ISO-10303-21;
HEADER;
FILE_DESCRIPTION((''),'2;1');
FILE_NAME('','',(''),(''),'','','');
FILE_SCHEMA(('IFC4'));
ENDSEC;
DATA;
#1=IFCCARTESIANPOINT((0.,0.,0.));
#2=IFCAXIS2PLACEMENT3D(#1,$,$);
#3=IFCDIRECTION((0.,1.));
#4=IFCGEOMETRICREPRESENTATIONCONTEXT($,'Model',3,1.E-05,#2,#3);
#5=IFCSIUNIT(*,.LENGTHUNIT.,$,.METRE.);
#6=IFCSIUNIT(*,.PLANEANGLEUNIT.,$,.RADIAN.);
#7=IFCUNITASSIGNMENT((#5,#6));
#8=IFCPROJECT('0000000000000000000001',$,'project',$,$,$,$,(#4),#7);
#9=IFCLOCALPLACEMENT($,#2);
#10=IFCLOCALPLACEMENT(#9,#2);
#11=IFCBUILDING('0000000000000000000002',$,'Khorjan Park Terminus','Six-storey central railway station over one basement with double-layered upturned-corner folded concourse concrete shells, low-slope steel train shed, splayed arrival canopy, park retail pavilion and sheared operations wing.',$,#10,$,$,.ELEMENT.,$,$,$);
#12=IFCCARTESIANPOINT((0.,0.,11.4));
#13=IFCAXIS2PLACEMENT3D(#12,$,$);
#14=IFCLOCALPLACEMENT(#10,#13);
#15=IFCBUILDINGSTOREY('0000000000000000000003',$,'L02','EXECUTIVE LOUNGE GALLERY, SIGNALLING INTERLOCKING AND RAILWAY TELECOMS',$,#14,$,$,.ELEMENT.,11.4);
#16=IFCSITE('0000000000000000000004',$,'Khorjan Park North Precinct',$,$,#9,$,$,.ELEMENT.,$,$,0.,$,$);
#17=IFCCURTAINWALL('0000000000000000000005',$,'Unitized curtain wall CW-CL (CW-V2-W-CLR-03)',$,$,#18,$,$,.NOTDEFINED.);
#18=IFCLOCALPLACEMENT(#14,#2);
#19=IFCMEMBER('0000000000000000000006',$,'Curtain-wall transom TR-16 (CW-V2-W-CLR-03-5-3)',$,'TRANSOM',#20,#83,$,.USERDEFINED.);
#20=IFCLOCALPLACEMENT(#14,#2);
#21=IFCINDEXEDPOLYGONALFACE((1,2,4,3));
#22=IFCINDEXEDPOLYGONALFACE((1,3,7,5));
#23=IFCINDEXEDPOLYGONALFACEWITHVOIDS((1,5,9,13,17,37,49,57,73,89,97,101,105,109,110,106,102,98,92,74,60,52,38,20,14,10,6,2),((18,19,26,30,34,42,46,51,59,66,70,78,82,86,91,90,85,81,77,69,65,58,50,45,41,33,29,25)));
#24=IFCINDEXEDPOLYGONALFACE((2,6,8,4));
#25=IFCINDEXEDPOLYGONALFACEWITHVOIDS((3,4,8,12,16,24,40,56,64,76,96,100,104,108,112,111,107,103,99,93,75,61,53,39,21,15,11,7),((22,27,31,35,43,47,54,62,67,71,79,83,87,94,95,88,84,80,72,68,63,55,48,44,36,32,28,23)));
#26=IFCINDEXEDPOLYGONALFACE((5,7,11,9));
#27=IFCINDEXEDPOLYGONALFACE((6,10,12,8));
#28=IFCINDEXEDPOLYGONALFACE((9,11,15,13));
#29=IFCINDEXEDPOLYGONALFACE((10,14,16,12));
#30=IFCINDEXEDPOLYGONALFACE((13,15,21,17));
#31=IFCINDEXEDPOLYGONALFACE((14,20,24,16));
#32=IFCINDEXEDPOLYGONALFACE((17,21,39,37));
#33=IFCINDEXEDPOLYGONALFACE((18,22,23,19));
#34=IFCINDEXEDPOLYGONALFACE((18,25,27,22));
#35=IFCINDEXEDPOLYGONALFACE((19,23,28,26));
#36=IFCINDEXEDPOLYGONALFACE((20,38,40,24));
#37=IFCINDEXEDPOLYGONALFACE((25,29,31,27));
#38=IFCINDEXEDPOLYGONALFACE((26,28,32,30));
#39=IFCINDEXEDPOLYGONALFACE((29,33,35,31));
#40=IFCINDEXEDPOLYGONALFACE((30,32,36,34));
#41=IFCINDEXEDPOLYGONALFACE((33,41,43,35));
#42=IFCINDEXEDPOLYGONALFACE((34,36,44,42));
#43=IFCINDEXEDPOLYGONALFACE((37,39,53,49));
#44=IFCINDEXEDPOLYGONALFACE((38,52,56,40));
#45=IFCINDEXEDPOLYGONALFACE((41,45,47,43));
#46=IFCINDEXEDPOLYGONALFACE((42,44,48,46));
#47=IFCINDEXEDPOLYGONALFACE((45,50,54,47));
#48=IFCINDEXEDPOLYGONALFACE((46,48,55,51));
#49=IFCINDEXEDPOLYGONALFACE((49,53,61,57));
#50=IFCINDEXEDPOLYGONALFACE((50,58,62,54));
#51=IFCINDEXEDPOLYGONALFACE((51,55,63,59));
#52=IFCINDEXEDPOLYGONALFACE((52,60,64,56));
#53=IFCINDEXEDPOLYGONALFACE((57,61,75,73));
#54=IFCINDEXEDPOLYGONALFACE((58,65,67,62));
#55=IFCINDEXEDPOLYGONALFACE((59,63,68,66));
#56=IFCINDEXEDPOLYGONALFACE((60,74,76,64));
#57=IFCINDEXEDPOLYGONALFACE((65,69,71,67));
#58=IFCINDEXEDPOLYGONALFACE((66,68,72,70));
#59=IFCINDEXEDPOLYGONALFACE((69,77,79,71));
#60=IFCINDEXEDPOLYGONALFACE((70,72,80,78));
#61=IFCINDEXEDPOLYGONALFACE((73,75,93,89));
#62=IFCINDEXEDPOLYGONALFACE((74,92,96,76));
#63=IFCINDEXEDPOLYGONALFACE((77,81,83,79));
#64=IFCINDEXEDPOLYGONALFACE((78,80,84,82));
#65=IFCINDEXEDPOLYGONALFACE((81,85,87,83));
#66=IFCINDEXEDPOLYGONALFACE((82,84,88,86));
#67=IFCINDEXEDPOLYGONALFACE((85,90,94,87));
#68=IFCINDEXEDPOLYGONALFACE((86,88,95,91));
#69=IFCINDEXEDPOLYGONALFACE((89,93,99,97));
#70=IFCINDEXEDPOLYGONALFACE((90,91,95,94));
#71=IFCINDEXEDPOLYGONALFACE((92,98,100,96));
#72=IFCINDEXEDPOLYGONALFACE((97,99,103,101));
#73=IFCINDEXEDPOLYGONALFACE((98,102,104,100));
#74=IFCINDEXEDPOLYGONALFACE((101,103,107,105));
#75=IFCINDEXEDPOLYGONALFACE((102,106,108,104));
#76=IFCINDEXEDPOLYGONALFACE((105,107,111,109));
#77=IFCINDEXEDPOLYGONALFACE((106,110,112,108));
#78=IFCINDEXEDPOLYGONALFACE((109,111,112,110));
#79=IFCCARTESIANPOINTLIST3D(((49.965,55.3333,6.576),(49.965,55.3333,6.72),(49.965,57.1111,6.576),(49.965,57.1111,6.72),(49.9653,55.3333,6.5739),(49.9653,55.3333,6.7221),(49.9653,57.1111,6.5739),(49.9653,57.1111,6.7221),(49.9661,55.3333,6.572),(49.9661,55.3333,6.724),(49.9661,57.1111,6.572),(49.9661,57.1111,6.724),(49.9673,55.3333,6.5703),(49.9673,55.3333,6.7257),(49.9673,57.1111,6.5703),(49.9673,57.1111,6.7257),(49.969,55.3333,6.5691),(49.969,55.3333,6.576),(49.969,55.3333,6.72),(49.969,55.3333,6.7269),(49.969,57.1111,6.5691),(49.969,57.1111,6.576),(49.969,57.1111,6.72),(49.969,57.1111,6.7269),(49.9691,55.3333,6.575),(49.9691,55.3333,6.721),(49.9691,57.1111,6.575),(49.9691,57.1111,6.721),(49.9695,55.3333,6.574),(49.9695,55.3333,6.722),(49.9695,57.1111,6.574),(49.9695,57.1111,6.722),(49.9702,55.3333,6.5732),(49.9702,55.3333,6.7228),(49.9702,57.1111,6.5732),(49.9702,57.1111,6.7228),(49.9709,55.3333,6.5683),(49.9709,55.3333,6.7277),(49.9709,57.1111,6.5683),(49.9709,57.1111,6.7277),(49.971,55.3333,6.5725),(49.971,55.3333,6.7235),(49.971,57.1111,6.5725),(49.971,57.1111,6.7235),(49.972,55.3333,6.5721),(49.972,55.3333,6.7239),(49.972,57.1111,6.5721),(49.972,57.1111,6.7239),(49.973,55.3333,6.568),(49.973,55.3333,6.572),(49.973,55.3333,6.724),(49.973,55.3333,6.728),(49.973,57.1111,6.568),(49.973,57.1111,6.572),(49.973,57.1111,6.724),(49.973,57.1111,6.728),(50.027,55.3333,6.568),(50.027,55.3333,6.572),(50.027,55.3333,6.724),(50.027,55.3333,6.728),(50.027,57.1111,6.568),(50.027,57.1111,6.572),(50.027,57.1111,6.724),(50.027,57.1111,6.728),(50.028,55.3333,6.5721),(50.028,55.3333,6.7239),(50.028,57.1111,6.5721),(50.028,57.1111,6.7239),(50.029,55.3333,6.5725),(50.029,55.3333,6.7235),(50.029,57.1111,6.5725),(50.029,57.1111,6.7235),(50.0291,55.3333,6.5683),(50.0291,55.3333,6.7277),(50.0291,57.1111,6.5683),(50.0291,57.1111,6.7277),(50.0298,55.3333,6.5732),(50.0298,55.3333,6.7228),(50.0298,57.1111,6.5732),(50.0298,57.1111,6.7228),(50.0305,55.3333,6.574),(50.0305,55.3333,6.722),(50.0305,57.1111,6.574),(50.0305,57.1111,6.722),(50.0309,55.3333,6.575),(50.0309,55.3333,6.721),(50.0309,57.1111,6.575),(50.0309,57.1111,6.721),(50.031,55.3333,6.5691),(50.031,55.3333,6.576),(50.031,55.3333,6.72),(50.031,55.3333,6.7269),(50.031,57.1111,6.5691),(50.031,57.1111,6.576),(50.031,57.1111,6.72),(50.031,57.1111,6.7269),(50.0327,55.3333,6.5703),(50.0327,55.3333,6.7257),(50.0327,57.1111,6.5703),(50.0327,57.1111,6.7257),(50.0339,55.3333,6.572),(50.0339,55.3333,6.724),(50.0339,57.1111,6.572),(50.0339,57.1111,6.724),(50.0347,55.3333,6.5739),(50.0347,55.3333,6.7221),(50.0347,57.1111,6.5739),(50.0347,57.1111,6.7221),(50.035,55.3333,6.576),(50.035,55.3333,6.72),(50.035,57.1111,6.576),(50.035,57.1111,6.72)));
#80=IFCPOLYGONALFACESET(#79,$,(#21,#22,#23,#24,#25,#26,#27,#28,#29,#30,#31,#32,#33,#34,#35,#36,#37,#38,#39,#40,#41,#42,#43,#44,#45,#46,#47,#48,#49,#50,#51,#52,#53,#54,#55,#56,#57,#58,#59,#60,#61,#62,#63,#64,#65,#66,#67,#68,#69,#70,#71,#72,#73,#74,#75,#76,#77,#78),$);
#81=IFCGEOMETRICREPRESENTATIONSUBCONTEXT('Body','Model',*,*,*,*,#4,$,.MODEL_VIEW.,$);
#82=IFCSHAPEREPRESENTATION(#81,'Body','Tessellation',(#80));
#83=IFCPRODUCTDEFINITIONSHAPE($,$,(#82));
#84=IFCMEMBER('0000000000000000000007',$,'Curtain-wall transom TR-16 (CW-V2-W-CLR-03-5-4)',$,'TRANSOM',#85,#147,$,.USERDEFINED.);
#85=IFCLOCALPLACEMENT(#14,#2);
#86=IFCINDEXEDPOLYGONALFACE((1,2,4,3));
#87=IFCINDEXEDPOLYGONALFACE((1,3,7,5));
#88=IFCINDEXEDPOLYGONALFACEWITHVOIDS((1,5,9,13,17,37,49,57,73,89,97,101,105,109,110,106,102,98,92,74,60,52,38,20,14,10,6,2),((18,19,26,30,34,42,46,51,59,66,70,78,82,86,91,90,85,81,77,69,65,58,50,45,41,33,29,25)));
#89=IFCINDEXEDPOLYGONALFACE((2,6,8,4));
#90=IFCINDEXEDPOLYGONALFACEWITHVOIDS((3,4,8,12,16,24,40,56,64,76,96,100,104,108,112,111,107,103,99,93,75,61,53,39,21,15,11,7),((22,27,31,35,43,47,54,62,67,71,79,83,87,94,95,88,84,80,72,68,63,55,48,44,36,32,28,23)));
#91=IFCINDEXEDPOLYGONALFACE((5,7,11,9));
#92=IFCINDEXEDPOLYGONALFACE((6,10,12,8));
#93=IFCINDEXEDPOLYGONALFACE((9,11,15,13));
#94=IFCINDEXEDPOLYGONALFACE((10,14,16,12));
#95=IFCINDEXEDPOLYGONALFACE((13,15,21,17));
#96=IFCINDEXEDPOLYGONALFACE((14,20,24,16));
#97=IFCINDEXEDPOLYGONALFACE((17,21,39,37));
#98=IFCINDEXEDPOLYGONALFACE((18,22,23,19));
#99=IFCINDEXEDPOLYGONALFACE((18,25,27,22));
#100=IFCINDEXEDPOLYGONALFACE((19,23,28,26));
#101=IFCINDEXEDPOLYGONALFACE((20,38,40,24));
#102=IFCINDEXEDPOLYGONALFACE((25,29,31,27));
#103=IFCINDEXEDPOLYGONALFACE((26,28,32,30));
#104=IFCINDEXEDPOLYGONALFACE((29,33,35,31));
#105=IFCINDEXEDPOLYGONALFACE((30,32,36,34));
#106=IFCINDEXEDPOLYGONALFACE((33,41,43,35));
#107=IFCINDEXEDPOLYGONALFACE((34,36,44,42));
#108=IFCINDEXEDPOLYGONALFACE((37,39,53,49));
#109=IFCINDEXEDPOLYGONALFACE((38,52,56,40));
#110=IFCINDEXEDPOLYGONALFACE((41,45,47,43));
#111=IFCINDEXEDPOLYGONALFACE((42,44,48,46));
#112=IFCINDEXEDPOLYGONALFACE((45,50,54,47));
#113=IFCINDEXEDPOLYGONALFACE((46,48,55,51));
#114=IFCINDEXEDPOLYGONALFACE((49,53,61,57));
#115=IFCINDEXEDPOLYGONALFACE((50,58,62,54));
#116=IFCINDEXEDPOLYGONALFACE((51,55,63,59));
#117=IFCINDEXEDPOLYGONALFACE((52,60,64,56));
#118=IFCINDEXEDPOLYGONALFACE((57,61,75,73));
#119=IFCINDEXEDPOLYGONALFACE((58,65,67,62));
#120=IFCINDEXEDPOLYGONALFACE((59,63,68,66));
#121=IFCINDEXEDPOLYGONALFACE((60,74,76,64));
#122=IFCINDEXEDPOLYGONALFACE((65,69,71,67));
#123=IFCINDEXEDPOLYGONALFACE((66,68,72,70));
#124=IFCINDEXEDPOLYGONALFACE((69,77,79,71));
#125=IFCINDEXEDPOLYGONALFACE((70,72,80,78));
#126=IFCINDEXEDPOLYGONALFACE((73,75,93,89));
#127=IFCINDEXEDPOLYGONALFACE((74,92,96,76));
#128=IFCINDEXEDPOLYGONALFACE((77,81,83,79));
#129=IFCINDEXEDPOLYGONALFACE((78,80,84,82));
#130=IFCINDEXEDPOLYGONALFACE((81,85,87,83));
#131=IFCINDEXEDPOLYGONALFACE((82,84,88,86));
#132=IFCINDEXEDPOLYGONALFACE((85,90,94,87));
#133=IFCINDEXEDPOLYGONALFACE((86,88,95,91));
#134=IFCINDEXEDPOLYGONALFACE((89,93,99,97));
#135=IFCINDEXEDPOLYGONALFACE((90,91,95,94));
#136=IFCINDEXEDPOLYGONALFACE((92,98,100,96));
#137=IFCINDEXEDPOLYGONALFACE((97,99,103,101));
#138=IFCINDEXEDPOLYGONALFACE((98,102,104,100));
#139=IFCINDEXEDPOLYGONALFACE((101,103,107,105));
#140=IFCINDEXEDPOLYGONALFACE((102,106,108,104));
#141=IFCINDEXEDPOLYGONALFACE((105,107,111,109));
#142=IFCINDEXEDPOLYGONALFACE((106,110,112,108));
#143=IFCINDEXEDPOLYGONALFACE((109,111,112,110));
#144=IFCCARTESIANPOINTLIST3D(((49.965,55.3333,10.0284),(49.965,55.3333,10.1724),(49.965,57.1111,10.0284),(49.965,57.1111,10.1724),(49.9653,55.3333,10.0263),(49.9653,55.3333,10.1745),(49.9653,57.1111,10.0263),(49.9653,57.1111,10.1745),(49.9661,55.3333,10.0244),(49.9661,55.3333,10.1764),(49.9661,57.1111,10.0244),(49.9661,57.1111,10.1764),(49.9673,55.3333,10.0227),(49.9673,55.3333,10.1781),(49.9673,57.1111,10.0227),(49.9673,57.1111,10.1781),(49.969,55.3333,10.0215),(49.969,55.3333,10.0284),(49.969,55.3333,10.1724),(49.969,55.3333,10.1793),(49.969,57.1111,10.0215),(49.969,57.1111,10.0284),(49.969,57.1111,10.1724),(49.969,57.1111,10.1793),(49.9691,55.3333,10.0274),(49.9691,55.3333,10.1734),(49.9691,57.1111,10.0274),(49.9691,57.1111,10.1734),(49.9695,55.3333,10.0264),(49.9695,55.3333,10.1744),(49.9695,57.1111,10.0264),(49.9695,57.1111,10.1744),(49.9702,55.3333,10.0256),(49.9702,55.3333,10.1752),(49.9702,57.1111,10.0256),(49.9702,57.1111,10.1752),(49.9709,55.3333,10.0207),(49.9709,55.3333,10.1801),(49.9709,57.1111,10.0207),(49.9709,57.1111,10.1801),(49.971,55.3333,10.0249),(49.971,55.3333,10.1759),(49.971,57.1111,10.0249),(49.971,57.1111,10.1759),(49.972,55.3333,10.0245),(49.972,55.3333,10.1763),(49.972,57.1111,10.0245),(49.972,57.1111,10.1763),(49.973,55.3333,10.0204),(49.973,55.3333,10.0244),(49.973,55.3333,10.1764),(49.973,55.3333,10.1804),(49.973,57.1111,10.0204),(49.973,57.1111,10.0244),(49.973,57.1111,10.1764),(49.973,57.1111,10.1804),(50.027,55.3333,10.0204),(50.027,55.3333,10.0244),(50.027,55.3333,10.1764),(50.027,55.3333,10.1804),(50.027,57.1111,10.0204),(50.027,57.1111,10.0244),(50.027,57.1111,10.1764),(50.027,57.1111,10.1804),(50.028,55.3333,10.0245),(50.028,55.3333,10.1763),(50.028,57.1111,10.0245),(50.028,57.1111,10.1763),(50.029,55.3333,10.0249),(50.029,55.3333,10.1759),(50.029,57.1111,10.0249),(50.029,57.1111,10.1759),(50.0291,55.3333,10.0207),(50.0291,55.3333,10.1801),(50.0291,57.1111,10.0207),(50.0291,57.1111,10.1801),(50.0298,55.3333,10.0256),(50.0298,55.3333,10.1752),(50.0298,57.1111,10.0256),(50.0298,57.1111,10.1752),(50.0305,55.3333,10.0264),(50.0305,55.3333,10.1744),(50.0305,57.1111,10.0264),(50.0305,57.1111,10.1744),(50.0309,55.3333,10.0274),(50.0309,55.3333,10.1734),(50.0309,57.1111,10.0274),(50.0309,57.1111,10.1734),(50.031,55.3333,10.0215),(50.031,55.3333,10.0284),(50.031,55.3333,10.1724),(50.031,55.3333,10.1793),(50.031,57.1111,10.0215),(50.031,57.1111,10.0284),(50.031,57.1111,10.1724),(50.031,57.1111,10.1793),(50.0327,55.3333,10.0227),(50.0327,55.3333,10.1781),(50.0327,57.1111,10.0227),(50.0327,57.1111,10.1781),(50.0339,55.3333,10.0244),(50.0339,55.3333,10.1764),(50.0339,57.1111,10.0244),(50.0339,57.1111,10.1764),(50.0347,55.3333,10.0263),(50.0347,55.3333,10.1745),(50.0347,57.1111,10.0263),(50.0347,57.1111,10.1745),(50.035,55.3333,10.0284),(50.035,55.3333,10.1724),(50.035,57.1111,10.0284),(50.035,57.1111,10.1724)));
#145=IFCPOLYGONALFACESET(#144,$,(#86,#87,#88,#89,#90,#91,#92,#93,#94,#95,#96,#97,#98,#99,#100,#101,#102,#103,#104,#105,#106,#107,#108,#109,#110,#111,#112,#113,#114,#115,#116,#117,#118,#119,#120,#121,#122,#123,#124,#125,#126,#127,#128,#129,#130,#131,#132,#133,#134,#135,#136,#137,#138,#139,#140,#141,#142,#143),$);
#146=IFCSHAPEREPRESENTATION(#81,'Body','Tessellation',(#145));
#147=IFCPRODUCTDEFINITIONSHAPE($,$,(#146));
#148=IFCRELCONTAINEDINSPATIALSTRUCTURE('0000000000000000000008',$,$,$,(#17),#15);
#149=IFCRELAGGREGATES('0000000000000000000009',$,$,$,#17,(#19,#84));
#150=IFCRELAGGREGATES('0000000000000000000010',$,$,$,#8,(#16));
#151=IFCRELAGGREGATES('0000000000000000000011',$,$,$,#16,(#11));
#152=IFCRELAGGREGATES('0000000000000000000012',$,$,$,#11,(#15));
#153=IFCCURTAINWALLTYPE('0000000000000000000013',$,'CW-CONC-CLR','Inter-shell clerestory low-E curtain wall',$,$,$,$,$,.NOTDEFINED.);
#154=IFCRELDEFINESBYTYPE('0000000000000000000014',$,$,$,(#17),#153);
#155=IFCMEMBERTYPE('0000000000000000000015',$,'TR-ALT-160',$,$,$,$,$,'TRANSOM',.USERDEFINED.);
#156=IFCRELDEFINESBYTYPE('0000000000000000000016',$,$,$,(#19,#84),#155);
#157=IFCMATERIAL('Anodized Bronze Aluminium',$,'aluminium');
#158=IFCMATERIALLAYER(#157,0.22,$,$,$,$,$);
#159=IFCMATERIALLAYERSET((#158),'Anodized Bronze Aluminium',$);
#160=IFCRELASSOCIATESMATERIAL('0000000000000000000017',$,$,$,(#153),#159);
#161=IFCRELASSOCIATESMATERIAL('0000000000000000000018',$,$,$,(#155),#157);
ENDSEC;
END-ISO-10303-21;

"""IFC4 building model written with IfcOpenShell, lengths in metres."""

from ifc_helpers import new_model, si_unit, direction, frame, origin, origin_2d, place, context, subcontext, project, spatial, hollow_rectangle, extrude, material, layer, layer_set, material_profile, profile_set, type_object, element, aggregate, save


model = new_model("IFC4")

# Units and contexts
model_context = context("Model", 3, precision=1e-05, world=origin(), true_north=direction((0.0, 1.0)))
body_context = subcontext(model_context, "Body", "Model", "MODEL_VIEW")
ifc_project = project(units=[si_unit("LENGTHUNIT", "METRE"), si_unit("PLANEANGLEUNIT", "RADIAN")], contexts=[model_context])

# Site, building, storey
site_placement = place(None, origin())
site = spatial("IfcSite", under=ifc_project, at=site_placement, Name="Khorjan Park North Precinct", CompositionType="ELEMENT", RefElevation=0.0)
building_placement = place(site_placement, origin())
building = spatial("IfcBuilding", under=site, at=building_placement, Name="Khorjan Park Terminus", Description="Six-storey central railway station over one basement with double-layered upturned-corner folded concourse concrete shells, low-slope steel train shed, splayed arrival canopy, park retail pavilion and sheared operations wing.", CompositionType="ELEMENT")
storey_placement = place(building_placement, frame((0.0, 0.0, 11.4)))
storey = spatial("IfcBuildingStorey", under=building, at=storey_placement, Name="L02", Description="EXECUTIVE LOUNGE GALLERY, SIGNALLING INTERLOCKING AND RAILWAY TELECOMS", CompositionType="ELEMENT", Elevation=11.4)

# Curtain wall, members
ifc_material_1 = material(Name="Anodized Bronze Aluminium", Category="aluminium")
ifc_layer_1 = layer(ifc_material_1, 0.22)
ifc_layer_set_1 = layer_set([ifc_layer_1], Name="Anodized Bronze Aluminium")
curtain_wall_type = type_object("IfcCurtainWallType", Name="CW-CONC-CLR", Description="Inter-shell clerestory low-E curtain wall", PredefinedType="NOTDEFINED", material=ifc_layer_set_1)
curtain_wall_placement = place(storey_placement, origin())
curtain_wall = element("IfcCurtainWall", 1, at=curtain_wall_placement, inside=storey, type_object=curtain_wall_type, Name="Unitized curtain wall CW-CL (CW-V2-W-CLR-03)", PredefinedType="NOTDEFINED")
ifc_material_profile_1 = material_profile(ifc_material_1, hollow_rectangle(XDim=0.07, YDim=0.16, WallThickness=0.004, InnerFilletRadius=0.004, OuterFilletRadius=0.008, at=origin_2d()), Name="ALT 70x160x4")
ifc_profile_set_1 = profile_set([ifc_material_profile_1], Name="Anodized Bronze Aluminium")
member_type_1 = type_object("IfcMemberType", Name="TR-ALT-160", ElementType="TRANSOM", PredefinedType="USERDEFINED", material=ifc_profile_set_1)
member_1_placement = place(storey_placement, frame((50.0, 57.1111, 6.648), z_axis=(0.0, -1.0, 0.0), x_axis=(1.0, 0.0, 0.0)))
member_1 = element("IfcMember", 2, at=member_1_placement, type_object=member_type_1, Name="Curtain-wall transom TR-16 (CW-V2-W-CLR-03-5-3)", ObjectType="TRANSOM", PredefinedType="USERDEFINED", context=body_context, shape_type="SweptSolid", body=[
    extrude(hollow_rectangle(XDim=0.07, YDim=0.16, WallThickness=0.004, InnerFilletRadius=0.004, OuterFilletRadius=0.008, at=origin_2d()), origin(), (0.0, 0.0, 1.0), 1.7778),
])
member_2_placement = place(storey_placement, frame((50.0, 57.1111, 10.1004), z_axis=(0.0, -1.0, 0.0), x_axis=(1.0, 0.0, 0.0)))
member_2 = element("IfcMember", 3, at=member_2_placement, type_object=member_type_1, Name="Curtain-wall transom TR-16 (CW-V2-W-CLR-03-5-4)", ObjectType="TRANSOM", PredefinedType="USERDEFINED", context=body_context, shape_type="SweptSolid", body=[
    extrude(hollow_rectangle(XDim=0.07, YDim=0.16, WallThickness=0.004, InnerFilletRadius=0.004, OuterFilletRadius=0.008, at=origin_2d()), origin(), (0.0, 0.0, 1.0), 1.7778),
])
aggregate(curtain_wall, [member_1, member_2])

save(model, "model.ifc")
